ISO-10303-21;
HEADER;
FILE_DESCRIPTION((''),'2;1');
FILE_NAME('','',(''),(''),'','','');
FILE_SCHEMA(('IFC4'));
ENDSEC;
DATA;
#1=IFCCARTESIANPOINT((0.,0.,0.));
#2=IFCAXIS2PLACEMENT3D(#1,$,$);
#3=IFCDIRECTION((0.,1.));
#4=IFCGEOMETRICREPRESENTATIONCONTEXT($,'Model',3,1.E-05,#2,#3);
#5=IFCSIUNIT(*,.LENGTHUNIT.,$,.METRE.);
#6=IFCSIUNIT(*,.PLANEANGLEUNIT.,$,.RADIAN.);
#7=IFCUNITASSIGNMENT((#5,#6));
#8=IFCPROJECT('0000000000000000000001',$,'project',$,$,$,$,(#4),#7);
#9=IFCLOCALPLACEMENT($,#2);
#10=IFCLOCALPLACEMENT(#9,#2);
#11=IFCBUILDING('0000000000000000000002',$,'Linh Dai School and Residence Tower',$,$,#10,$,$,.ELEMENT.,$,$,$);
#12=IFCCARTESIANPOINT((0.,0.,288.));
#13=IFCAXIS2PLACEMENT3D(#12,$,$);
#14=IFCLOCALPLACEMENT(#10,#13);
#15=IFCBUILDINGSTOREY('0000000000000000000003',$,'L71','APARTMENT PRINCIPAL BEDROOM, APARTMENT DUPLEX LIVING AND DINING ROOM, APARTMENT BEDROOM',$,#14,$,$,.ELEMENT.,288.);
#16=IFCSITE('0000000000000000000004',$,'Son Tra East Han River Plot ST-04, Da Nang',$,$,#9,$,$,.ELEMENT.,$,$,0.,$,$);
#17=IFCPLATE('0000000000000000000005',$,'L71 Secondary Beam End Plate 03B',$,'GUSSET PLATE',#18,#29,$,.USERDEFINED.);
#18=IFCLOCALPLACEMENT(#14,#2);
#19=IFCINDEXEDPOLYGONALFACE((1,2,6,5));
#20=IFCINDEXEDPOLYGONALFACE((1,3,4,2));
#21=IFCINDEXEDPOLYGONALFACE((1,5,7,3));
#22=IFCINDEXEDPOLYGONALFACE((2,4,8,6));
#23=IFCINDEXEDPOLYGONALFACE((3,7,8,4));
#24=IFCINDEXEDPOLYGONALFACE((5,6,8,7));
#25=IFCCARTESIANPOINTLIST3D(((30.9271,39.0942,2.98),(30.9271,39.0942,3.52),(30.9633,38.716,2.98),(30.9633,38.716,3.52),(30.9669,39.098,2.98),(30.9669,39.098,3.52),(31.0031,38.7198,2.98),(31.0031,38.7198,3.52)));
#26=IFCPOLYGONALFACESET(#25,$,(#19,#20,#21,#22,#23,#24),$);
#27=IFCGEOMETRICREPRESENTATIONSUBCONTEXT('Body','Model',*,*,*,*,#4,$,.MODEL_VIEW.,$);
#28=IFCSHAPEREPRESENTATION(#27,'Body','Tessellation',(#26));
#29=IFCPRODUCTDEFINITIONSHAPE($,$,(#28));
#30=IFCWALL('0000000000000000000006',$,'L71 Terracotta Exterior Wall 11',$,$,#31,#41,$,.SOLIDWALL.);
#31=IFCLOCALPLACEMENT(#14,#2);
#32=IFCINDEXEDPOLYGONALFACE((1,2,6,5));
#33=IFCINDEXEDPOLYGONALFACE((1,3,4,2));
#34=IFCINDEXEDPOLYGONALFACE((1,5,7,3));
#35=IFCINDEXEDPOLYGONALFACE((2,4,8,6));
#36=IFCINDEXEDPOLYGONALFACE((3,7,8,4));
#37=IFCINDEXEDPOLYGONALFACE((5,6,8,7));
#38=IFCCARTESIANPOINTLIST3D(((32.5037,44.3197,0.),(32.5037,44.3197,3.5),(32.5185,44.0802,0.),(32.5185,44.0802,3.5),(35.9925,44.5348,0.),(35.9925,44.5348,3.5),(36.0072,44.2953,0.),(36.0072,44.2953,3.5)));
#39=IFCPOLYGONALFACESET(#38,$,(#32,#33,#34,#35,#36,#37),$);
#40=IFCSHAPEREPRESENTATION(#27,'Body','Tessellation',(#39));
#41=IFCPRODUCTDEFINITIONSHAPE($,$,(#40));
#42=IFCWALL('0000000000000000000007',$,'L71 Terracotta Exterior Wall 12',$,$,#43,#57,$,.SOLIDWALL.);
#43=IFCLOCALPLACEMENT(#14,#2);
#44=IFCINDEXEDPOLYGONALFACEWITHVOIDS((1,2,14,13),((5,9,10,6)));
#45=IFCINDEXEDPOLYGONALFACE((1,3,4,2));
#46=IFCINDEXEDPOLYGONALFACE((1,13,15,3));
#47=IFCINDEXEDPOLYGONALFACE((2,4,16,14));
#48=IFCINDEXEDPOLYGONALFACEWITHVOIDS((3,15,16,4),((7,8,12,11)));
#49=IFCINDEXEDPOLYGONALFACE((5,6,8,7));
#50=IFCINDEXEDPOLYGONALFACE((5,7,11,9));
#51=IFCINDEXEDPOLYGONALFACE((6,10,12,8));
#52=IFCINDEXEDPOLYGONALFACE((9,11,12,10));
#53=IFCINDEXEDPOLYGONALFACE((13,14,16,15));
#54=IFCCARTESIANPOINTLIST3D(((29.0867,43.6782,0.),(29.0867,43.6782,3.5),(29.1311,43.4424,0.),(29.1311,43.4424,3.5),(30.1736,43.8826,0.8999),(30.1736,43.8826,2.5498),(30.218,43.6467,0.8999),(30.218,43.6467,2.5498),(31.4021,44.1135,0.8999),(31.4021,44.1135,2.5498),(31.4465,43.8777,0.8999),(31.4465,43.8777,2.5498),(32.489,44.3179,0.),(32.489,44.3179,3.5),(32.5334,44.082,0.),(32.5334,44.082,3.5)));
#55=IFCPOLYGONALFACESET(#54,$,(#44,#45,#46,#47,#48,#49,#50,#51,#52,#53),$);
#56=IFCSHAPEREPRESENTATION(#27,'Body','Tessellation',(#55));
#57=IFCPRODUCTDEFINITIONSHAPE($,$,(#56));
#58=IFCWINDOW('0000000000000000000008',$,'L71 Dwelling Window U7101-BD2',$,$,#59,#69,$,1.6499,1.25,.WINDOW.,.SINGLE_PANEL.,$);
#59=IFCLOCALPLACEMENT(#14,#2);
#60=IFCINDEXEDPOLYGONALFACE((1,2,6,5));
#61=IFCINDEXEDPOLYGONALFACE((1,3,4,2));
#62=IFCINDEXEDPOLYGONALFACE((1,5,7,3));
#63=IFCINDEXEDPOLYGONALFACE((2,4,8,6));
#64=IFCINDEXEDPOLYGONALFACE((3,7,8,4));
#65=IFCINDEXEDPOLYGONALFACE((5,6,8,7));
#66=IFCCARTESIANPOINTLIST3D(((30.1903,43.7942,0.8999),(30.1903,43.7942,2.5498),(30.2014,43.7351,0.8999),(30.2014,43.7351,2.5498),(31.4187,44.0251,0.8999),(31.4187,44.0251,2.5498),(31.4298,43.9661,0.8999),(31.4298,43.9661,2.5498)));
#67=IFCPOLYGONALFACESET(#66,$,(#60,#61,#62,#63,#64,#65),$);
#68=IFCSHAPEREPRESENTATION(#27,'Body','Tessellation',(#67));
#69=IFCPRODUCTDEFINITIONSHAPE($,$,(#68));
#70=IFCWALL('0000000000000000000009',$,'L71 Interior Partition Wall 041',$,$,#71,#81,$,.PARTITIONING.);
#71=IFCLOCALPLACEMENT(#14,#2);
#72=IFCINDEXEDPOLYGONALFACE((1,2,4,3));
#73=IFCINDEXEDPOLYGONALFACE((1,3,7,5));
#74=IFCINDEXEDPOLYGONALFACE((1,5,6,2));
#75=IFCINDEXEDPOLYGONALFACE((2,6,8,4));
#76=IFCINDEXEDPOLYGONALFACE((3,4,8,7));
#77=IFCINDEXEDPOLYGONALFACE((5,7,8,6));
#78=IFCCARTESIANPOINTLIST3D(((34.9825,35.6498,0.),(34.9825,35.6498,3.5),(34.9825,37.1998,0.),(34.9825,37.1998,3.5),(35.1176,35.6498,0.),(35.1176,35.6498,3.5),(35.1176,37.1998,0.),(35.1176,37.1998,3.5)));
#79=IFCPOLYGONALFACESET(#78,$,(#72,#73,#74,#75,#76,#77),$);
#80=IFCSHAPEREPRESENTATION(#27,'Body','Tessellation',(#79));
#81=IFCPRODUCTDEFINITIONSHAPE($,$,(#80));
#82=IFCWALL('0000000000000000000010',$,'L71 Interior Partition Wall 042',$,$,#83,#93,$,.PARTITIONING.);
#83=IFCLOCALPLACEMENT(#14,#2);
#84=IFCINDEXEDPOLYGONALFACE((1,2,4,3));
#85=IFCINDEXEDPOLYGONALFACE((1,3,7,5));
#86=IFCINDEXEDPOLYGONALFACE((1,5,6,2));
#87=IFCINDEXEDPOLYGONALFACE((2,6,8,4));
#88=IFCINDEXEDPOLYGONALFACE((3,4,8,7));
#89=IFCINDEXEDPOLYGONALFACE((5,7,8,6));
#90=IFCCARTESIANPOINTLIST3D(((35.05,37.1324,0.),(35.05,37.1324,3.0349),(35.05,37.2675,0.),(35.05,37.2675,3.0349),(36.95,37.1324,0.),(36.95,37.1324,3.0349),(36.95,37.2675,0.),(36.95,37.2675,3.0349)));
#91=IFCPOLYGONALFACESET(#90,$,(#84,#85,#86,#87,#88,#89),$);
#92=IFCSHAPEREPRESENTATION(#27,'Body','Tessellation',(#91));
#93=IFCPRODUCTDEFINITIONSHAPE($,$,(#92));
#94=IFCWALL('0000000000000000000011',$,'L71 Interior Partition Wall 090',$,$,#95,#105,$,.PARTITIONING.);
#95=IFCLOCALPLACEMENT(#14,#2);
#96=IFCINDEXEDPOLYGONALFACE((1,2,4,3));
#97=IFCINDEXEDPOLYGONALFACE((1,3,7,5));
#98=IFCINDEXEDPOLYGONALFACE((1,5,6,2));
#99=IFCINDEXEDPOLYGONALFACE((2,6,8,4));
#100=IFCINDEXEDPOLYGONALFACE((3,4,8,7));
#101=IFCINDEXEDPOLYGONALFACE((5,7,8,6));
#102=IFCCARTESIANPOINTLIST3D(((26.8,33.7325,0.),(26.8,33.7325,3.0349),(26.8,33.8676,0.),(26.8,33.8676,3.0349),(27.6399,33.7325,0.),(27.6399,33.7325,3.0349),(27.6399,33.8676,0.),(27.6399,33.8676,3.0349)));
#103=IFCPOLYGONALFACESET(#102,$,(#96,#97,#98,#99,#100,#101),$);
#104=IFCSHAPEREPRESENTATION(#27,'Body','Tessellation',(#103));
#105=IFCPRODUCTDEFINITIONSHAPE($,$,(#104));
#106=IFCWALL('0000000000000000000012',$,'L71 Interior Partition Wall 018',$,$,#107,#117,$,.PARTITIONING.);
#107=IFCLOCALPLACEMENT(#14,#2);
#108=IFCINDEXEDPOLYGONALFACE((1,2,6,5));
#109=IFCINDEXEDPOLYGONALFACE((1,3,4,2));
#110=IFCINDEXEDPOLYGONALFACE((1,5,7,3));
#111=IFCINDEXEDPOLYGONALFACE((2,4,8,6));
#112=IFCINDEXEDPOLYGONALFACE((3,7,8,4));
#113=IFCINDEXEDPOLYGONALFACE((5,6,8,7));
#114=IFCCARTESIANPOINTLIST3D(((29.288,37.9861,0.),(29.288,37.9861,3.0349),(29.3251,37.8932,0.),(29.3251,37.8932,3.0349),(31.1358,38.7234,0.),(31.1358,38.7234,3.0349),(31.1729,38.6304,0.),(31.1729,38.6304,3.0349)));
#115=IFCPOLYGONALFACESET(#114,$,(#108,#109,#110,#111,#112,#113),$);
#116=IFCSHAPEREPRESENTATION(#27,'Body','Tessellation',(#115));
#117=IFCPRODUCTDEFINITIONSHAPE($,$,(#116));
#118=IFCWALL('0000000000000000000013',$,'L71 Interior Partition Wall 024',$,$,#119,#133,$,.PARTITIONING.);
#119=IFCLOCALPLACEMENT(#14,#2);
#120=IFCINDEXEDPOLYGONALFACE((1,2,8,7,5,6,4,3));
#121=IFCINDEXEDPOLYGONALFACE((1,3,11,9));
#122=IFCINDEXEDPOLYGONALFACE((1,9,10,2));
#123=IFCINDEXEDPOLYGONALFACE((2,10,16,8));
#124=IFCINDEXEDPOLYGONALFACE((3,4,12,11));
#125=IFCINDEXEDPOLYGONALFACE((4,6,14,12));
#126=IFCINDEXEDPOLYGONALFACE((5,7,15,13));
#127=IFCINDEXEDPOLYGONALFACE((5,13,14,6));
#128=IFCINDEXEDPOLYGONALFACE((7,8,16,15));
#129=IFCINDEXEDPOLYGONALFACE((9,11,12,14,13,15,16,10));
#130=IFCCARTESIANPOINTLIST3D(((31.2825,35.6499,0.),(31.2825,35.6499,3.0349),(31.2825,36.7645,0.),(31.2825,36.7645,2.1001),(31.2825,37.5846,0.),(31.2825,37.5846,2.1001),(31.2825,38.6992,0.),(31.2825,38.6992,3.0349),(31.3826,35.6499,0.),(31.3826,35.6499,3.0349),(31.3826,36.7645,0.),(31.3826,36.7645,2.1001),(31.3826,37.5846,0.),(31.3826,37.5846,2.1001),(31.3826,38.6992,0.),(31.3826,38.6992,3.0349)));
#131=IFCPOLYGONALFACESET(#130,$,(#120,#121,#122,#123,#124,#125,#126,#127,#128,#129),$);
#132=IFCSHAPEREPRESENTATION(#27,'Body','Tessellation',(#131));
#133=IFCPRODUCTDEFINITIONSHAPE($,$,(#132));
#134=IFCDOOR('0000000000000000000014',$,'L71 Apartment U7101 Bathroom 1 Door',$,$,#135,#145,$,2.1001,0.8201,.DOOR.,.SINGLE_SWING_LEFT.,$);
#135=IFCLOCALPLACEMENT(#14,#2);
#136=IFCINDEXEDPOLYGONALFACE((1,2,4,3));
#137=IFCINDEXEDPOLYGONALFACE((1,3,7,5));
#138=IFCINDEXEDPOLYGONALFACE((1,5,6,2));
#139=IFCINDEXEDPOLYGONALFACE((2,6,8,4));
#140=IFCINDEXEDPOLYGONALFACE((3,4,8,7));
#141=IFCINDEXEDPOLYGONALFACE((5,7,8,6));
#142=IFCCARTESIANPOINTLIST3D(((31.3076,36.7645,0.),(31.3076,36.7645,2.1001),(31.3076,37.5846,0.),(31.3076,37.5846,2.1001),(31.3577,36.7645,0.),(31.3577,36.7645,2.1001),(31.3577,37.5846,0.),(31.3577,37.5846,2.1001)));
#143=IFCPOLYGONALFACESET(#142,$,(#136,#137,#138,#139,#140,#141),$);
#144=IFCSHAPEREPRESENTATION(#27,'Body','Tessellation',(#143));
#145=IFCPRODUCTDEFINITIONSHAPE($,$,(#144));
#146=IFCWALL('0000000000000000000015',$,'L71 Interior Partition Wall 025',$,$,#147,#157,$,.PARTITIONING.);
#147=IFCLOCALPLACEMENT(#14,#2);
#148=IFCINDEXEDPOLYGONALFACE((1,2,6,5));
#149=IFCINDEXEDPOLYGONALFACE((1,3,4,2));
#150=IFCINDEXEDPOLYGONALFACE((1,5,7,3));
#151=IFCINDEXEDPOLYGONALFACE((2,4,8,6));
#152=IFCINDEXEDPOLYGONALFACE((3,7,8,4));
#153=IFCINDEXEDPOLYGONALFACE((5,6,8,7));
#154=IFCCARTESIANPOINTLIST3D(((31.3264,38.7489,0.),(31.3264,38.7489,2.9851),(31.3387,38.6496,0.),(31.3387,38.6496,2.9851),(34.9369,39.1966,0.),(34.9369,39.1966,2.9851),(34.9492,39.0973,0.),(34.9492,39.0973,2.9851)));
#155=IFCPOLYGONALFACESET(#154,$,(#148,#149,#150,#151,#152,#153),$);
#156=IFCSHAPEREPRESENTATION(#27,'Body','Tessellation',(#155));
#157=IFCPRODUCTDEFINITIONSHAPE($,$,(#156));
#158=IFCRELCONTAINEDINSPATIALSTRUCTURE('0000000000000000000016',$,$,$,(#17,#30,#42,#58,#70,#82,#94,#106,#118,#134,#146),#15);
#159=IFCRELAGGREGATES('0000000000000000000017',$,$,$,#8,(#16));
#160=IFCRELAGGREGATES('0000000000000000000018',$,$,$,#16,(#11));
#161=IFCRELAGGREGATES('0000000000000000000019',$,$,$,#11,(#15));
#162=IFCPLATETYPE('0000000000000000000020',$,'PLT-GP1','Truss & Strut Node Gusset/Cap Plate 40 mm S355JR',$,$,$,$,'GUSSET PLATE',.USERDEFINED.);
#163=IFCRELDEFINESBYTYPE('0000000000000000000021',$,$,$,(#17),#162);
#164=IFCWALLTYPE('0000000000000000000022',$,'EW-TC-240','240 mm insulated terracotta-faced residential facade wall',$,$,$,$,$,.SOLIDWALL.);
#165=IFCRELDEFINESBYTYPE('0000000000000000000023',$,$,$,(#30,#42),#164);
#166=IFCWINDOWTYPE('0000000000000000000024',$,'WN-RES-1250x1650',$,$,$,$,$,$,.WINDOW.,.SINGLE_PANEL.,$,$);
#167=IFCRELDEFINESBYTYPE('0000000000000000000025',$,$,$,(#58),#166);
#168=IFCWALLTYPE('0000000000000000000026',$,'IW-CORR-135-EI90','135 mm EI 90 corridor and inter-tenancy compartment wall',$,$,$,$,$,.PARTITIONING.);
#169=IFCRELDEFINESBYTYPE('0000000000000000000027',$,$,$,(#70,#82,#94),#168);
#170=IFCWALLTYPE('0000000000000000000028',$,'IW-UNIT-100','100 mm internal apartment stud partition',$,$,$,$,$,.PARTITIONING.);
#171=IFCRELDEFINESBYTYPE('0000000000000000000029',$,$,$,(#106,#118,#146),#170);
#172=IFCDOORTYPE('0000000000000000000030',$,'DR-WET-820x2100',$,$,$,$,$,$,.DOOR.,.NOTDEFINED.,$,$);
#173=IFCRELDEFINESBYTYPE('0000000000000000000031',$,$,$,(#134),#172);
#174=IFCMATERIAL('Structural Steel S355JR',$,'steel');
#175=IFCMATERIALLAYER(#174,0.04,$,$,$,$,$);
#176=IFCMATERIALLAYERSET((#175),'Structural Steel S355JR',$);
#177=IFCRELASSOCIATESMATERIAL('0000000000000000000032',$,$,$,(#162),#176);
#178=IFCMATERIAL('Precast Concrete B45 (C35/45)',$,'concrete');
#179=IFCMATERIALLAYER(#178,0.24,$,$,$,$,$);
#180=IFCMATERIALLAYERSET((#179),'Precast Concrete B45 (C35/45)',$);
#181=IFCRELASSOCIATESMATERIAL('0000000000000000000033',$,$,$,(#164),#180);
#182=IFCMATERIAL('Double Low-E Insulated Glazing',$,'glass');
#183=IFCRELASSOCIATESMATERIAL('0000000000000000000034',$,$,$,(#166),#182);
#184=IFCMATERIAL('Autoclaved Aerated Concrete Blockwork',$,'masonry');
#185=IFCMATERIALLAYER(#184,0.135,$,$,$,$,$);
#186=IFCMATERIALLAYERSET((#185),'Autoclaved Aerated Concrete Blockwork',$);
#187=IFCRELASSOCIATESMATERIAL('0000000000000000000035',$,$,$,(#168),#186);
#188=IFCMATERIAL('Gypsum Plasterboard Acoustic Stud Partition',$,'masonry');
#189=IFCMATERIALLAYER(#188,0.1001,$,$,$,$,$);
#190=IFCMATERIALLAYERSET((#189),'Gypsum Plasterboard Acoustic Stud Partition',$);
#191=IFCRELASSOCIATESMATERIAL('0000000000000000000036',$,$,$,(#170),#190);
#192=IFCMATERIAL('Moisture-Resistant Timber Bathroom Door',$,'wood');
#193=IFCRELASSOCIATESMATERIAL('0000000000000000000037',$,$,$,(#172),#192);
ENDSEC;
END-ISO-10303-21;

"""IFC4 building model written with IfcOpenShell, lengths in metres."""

from ifc_helpers import new_model, si_unit, direction, frame, frame_2d, origin, origin_2d, place, context, subcontext, project, spatial, rectangle, extrude, source, transform, mapped, material, layer, layer_set, type_object, element, fill, save


model = new_model("IFC4")

# Units and contexts
model_context = context("Model", 3, precision=1e-05, world=origin(), true_north=direction((0.0, 1.0)))
body_context = subcontext(model_context, "Body", "Model", "MODEL_VIEW")
ifc_project = project(units=[si_unit("LENGTHUNIT", "METRE"), si_unit("PLANEANGLEUNIT", "RADIAN")], contexts=[model_context])

# Site, building, storey
site_placement = place(None, origin())
site = spatial("IfcSite", under=ifc_project, at=site_placement, Name="Son Tra East Han River Plot ST-04, Da Nang", CompositionType="ELEMENT", RefElevation=0.0)
building_placement = place(site_placement, origin())
building = spatial("IfcBuilding", under=site, at=building_placement, Name="Linh Dai School and Residence Tower", CompositionType="ELEMENT")
storey_placement = place(building_placement, frame((0.0, 0.0, 288.0)))
storey = spatial("IfcBuildingStorey", under=building, at=storey_placement, Name="L71", Description="APARTMENT PRINCIPAL BEDROOM, APARTMENT DUPLEX LIVING AND DINING ROOM, APARTMENT BEDROOM", CompositionType="ELEMENT", Elevation=288.0)

# Shared definitions
ifc_material_1 = material(Name="Structural Steel S355JR", Category="steel")

# Plate
ifc_layer_1 = layer(ifc_material_1, 0.04)
ifc_layer_set_1 = layer_set([ifc_layer_1], Name="Structural Steel S355JR")
plate_type = type_object("IfcPlateType", Name="PLT-GP1", Description="Truss & Strut Node Gusset/Cap Plate 40 mm S355JR", ElementType="GUSSET PLATE", PredefinedType="USERDEFINED", material=ifc_layer_set_1)
shared_shape_1 = source(origin(), body_context, "Body", "SweptSolid", [
    extrude(rectangle(XDim=0.04, YDim=0.3799, at=origin_2d()), origin(), (0.0, 0.0, 1.0), 0.54),
])
plate_placement = place(storey_placement, frame((30.9651, 38.907, 2.98), z_axis=(0.0, 0.0, 1.0), x_axis=(-0.995445, -0.095338, 0.0)))
element("IfcPlate", 1, at=plate_placement, inside=storey, type_object=plate_type, Name="L71 Secondary Beam End Plate 03B", ObjectType="GUSSET PLATE", PredefinedType="USERDEFINED", context=body_context, shape_type="MappedRepresentation", body=[
    mapped(shared_shape_1, transform((0.0, 0.0, 0.0), x_axis=(1.0, 0.0, 0.0), y_axis=(0.0, 1.0, 0.0), z_axis=(0.0, 0.0, 1.0), scale=1.0)),
])

# Wall
ifc_material_2 = material(Name="Precast Concrete B45 (C35/45)", Category="concrete")
ifc_layer_2 = layer(ifc_material_2, 0.24)
ifc_layer_set_2 = layer_set([ifc_layer_2], Name="Precast Concrete B45 (C35/45)")
wall_type_1 = type_object("IfcWallType", Name="EW-TC-240", Description="240 mm insulated terracotta-faced residential facade wall", PredefinedType="SOLIDWALL", material=ifc_layer_set_2)
wall_1_placement = place(storey_placement, frame((32.5112, 44.2, 0.0), z_axis=(0.0, 0.0, 1.0), x_axis=(0.998105, 0.061535, 0.0)))
element("IfcWall", 2, at=wall_1_placement, inside=storey, type_object=wall_type_1, Name="L71 Terracotta Exterior Wall 11", PredefinedType="SOLIDWALL", context=body_context, shape_type="SweptSolid", body=[
    extrude(rectangle(XDim=3.4954, YDim=0.24, at=frame_2d((1.7476, 0.0))), origin(), (0.0, 0.0, 1.0), 3.5),
])

# Wall, opening, window
wall_2_placement = place(storey_placement, frame((29.1089, 43.5603, 0.0), z_axis=(0.0, 0.0, 1.0), x_axis=(0.982783, 0.184765, 0.0)))
wall_2 = element("IfcWall", 3, at=wall_2_placement, inside=storey, type_object=wall_type_1, Name="L71 Terracotta Exterior Wall 12", PredefinedType="SOLIDWALL", context=body_context, shape_type="SweptSolid", body=[
    extrude(rectangle(XDim=3.4619, YDim=0.24, at=frame_2d((1.731, 0.0))), origin(), (0.0, 0.0, 1.0), 3.5),
])
opening_1_placement = place(wall_2_placement, frame((1.106, 0.0, 0.8999)))
opening_1 = element("IfcOpeningElement", 4, at=opening_1_placement, cuts=wall_2, PredefinedType="OPENING", context=body_context, shape_type="SweptSolid", body=[
    extrude(rectangle(XDim=1.25, YDim=1.6499, at=origin_2d()), frame((0.625, 0.1299, 0.825), z_axis=(0.0, -1.0, 0.0), x_axis=(1.0, 0.0, 0.0)), (0.0, 0.0, 1.0), 0.26),
])
ifc_material_3 = material(Name="Double Low-E Insulated Glazing", Category="glass")
window_type = type_object("IfcWindowType", Name="WN-RES-1250x1650", PartitioningType="SINGLE_PANEL", PredefinedType="WINDOW", material=ifc_material_3)
shared_shape_2 = source(origin(), body_context, "Body", "SweptSolid", [
    extrude(rectangle(XDim=1.25, YDim=1.6499, at=origin_2d()), frame((0.625, 0.03, 0.825), z_axis=(0.0, -1.0, 0.0), x_axis=(1.0, 0.0, 0.0)), (0.0, 0.0, 1.0), 0.0601),
])
window_placement = place(opening_1_placement, origin())
window = element("IfcWindow", 5, at=window_placement, inside=storey, type_object=window_type, Name="L71 Dwelling Window U7101-BD2", OverallHeight=1.6499, OverallWidth=1.25, PartitioningType="SINGLE_PANEL", PredefinedType="WINDOW", context=body_context, shape_type="MappedRepresentation", body=[
    mapped(shared_shape_2, transform((0.0, 0.0, 0.0), x_axis=(1.0, 0.0, 0.0), y_axis=(0.0, 1.0, 0.0), z_axis=(0.0, 0.0, 1.0), scale=1.0)),
])
fill(opening_1, window)

# Walls
ifc_material_4 = material(Name="Autoclaved Aerated Concrete Blockwork", Category="masonry")
ifc_layer_3 = layer(ifc_material_4, 0.135)
ifc_layer_set_3 = layer_set([ifc_layer_3], Name="Autoclaved Aerated Concrete Blockwork")
wall_type_2 = type_object("IfcWallType", Name="IW-CORR-135-EI90", Description="135 mm EI 90 corridor and inter-tenancy compartment wall", PredefinedType="PARTITIONING", material=ifc_layer_set_3)
wall_3_placement = place(storey_placement, frame((35.05, 35.6499, 0.0), z_axis=(0.0, 0.0, 1.0), x_axis=(0.0, 1.0, 0.0)))
element("IfcWall", 6, at=wall_3_placement, inside=storey, type_object=wall_type_2, Name="L71 Interior Partition Wall 041", PredefinedType="PARTITIONING", context=body_context, shape_type="SweptSolid", body=[
    extrude(rectangle(XDim=1.55, YDim=0.135, at=frame_2d((0.7749, 0.0))), origin(), (0.0, 0.0, 1.0), 3.5),
])
wall_4_placement = place(storey_placement, frame((35.05, 37.2, 0.0), z_axis=(0.0, 0.0, 1.0), x_axis=(1.0, 0.0, 0.0)))
element("IfcWall", 7, at=wall_4_placement, inside=storey, type_object=wall_type_2, Name="L71 Interior Partition Wall 042", PredefinedType="PARTITIONING", context=body_context, shape_type="SweptSolid", body=[
    extrude(rectangle(XDim=1.8999, YDim=0.135, at=frame_2d((0.95, 0.0))), origin(), (0.0, 0.0, 1.0), 3.0349),
])
wall_5_placement = place(storey_placement, frame((27.6399, 33.8, 0.0), z_axis=(0.0, 0.0, 1.0), x_axis=(-1.0, 0.0, 0.0)))
element("IfcWall", 8, at=wall_5_placement, inside=storey, type_object=wall_type_2, Name="L71 Interior Partition Wall 090", PredefinedType="PARTITIONING", context=body_context, shape_type="SweptSolid", body=[
    extrude(rectangle(XDim=0.8398, YDim=0.135, at=frame_2d((0.4199, 0.0))), origin(), (0.0, 0.0, 1.0), 3.0349),
])
ifc_material_5 = material(Name="Gypsum Plasterboard Acoustic Stud Partition", Category="masonry")
ifc_layer_4 = layer(ifc_material_5, 0.1001)
ifc_layer_set_4 = layer_set([ifc_layer_4], Name="Gypsum Plasterboard Acoustic Stud Partition")
wall_type_3 = type_object("IfcWallType", Name="IW-UNIT-100", Description="100 mm internal apartment stud partition", PredefinedType="PARTITIONING", material=ifc_layer_set_4)
wall_6_placement = place(storey_placement, frame((29.3066, 37.9397, 0.0), z_axis=(0.0, 0.0, 1.0), x_axis=(0.928798, 0.370587, 0.0)))
element("IfcWall", 9, at=wall_6_placement, inside=storey, type_object=wall_type_3, Name="L71 Interior Partition Wall 018", PredefinedType="PARTITIONING", context=body_context, shape_type="SweptSolid", body=[
    extrude(rectangle(XDim=1.9895, YDim=0.1001, at=frame_2d((0.9946, 0.0))), origin(), (0.0, 0.0, 1.0), 3.0349),
])

# Wall, opening, door
wall_7_placement = place(storey_placement, frame((31.3325, 35.6499, 0.0), z_axis=(0.0, 0.0, 1.0), x_axis=(0.0, 1.0, 0.0)))
wall_7 = element("IfcWall", 10, at=wall_7_placement, inside=storey, type_object=wall_type_3, Name="L71 Interior Partition Wall 024", PredefinedType="PARTITIONING", context=body_context, shape_type="SweptSolid", body=[
    extrude(rectangle(XDim=3.0493, YDim=0.1001, at=frame_2d((1.5247, 0.0))), origin(), (0.0, 0.0, 1.0), 3.0349),
])
opening_2_placement = place(wall_7_placement, frame((1.1145, 0.0, 0.0)))
opening_2 = element("IfcOpeningElement", 11, at=opening_2_placement, cuts=wall_7, PredefinedType="OPENING", context=body_context, shape_type="SweptSolid", body=[
    extrude(rectangle(XDim=0.8201, YDim=2.1001, at=origin_2d()), frame((0.4102, 0.0601, 1.05), z_axis=(0.0, -1.0, 0.0), x_axis=(1.0, 0.0, 0.0)), (0.0, 0.0, 1.0), 0.1201),
])
ifc_material_6 = material(Name="Moisture-Resistant Timber Bathroom Door", Category="wood")
door_type_1 = type_object("IfcDoorType", Name="DR-WET-820x2100", OperationType="NOTDEFINED", PredefinedType="DOOR", material=ifc_material_6)
shared_shape_3 = source(origin(), body_context, "Body", "SweptSolid", [
    extrude(rectangle(XDim=0.8201, YDim=2.1001, at=origin_2d()), frame((0.4102, 0.0249, 1.05), z_axis=(0.0, -1.0, 0.0), x_axis=(1.0, 0.0, 0.0)), (0.0, 0.0, 1.0), 0.05),
])
door_1_placement = place(opening_2_placement, origin())
door_1 = element("IfcDoor", 12, at=door_1_placement, inside=storey, type_object=door_type_1, Name="L71 Apartment U7101 Bathroom 1 Door", OperationType="SINGLE_SWING_LEFT", OverallHeight=2.1001, OverallWidth=0.8201, PredefinedType="DOOR", context=body_context, shape_type="MappedRepresentation", body=[
    mapped(shared_shape_3, transform((0.0, 0.0, 0.0), x_axis=(1.0, 0.0, 0.0), y_axis=(0.0, 1.0, 0.0), z_axis=(0.0, 0.0, 1.0), scale=1.0)),
])
fill(opening_2, door_1)

# Wall
wall_8_placement = place(storey_placement, frame((31.3325, 38.6992, 0.0), z_axis=(0.0, 0.0, 1.0), x_axis=(0.992398, 0.123068, 0.0)))
element("IfcWall", 13, at=wall_8_placement, inside=storey, type_object=wall_type_3, Name="L71 Interior Partition Wall 025", PredefinedType="PARTITIONING", context=body_context, shape_type="SweptSolid", body=[
    extrude(rectangle(XDim=3.6382, YDim=0.1001, at=frame_2d((1.8191, 0.0))), origin(), (0.0, 0.0, 1.0), 2.9851),
])

save(model, "model.ifc")
